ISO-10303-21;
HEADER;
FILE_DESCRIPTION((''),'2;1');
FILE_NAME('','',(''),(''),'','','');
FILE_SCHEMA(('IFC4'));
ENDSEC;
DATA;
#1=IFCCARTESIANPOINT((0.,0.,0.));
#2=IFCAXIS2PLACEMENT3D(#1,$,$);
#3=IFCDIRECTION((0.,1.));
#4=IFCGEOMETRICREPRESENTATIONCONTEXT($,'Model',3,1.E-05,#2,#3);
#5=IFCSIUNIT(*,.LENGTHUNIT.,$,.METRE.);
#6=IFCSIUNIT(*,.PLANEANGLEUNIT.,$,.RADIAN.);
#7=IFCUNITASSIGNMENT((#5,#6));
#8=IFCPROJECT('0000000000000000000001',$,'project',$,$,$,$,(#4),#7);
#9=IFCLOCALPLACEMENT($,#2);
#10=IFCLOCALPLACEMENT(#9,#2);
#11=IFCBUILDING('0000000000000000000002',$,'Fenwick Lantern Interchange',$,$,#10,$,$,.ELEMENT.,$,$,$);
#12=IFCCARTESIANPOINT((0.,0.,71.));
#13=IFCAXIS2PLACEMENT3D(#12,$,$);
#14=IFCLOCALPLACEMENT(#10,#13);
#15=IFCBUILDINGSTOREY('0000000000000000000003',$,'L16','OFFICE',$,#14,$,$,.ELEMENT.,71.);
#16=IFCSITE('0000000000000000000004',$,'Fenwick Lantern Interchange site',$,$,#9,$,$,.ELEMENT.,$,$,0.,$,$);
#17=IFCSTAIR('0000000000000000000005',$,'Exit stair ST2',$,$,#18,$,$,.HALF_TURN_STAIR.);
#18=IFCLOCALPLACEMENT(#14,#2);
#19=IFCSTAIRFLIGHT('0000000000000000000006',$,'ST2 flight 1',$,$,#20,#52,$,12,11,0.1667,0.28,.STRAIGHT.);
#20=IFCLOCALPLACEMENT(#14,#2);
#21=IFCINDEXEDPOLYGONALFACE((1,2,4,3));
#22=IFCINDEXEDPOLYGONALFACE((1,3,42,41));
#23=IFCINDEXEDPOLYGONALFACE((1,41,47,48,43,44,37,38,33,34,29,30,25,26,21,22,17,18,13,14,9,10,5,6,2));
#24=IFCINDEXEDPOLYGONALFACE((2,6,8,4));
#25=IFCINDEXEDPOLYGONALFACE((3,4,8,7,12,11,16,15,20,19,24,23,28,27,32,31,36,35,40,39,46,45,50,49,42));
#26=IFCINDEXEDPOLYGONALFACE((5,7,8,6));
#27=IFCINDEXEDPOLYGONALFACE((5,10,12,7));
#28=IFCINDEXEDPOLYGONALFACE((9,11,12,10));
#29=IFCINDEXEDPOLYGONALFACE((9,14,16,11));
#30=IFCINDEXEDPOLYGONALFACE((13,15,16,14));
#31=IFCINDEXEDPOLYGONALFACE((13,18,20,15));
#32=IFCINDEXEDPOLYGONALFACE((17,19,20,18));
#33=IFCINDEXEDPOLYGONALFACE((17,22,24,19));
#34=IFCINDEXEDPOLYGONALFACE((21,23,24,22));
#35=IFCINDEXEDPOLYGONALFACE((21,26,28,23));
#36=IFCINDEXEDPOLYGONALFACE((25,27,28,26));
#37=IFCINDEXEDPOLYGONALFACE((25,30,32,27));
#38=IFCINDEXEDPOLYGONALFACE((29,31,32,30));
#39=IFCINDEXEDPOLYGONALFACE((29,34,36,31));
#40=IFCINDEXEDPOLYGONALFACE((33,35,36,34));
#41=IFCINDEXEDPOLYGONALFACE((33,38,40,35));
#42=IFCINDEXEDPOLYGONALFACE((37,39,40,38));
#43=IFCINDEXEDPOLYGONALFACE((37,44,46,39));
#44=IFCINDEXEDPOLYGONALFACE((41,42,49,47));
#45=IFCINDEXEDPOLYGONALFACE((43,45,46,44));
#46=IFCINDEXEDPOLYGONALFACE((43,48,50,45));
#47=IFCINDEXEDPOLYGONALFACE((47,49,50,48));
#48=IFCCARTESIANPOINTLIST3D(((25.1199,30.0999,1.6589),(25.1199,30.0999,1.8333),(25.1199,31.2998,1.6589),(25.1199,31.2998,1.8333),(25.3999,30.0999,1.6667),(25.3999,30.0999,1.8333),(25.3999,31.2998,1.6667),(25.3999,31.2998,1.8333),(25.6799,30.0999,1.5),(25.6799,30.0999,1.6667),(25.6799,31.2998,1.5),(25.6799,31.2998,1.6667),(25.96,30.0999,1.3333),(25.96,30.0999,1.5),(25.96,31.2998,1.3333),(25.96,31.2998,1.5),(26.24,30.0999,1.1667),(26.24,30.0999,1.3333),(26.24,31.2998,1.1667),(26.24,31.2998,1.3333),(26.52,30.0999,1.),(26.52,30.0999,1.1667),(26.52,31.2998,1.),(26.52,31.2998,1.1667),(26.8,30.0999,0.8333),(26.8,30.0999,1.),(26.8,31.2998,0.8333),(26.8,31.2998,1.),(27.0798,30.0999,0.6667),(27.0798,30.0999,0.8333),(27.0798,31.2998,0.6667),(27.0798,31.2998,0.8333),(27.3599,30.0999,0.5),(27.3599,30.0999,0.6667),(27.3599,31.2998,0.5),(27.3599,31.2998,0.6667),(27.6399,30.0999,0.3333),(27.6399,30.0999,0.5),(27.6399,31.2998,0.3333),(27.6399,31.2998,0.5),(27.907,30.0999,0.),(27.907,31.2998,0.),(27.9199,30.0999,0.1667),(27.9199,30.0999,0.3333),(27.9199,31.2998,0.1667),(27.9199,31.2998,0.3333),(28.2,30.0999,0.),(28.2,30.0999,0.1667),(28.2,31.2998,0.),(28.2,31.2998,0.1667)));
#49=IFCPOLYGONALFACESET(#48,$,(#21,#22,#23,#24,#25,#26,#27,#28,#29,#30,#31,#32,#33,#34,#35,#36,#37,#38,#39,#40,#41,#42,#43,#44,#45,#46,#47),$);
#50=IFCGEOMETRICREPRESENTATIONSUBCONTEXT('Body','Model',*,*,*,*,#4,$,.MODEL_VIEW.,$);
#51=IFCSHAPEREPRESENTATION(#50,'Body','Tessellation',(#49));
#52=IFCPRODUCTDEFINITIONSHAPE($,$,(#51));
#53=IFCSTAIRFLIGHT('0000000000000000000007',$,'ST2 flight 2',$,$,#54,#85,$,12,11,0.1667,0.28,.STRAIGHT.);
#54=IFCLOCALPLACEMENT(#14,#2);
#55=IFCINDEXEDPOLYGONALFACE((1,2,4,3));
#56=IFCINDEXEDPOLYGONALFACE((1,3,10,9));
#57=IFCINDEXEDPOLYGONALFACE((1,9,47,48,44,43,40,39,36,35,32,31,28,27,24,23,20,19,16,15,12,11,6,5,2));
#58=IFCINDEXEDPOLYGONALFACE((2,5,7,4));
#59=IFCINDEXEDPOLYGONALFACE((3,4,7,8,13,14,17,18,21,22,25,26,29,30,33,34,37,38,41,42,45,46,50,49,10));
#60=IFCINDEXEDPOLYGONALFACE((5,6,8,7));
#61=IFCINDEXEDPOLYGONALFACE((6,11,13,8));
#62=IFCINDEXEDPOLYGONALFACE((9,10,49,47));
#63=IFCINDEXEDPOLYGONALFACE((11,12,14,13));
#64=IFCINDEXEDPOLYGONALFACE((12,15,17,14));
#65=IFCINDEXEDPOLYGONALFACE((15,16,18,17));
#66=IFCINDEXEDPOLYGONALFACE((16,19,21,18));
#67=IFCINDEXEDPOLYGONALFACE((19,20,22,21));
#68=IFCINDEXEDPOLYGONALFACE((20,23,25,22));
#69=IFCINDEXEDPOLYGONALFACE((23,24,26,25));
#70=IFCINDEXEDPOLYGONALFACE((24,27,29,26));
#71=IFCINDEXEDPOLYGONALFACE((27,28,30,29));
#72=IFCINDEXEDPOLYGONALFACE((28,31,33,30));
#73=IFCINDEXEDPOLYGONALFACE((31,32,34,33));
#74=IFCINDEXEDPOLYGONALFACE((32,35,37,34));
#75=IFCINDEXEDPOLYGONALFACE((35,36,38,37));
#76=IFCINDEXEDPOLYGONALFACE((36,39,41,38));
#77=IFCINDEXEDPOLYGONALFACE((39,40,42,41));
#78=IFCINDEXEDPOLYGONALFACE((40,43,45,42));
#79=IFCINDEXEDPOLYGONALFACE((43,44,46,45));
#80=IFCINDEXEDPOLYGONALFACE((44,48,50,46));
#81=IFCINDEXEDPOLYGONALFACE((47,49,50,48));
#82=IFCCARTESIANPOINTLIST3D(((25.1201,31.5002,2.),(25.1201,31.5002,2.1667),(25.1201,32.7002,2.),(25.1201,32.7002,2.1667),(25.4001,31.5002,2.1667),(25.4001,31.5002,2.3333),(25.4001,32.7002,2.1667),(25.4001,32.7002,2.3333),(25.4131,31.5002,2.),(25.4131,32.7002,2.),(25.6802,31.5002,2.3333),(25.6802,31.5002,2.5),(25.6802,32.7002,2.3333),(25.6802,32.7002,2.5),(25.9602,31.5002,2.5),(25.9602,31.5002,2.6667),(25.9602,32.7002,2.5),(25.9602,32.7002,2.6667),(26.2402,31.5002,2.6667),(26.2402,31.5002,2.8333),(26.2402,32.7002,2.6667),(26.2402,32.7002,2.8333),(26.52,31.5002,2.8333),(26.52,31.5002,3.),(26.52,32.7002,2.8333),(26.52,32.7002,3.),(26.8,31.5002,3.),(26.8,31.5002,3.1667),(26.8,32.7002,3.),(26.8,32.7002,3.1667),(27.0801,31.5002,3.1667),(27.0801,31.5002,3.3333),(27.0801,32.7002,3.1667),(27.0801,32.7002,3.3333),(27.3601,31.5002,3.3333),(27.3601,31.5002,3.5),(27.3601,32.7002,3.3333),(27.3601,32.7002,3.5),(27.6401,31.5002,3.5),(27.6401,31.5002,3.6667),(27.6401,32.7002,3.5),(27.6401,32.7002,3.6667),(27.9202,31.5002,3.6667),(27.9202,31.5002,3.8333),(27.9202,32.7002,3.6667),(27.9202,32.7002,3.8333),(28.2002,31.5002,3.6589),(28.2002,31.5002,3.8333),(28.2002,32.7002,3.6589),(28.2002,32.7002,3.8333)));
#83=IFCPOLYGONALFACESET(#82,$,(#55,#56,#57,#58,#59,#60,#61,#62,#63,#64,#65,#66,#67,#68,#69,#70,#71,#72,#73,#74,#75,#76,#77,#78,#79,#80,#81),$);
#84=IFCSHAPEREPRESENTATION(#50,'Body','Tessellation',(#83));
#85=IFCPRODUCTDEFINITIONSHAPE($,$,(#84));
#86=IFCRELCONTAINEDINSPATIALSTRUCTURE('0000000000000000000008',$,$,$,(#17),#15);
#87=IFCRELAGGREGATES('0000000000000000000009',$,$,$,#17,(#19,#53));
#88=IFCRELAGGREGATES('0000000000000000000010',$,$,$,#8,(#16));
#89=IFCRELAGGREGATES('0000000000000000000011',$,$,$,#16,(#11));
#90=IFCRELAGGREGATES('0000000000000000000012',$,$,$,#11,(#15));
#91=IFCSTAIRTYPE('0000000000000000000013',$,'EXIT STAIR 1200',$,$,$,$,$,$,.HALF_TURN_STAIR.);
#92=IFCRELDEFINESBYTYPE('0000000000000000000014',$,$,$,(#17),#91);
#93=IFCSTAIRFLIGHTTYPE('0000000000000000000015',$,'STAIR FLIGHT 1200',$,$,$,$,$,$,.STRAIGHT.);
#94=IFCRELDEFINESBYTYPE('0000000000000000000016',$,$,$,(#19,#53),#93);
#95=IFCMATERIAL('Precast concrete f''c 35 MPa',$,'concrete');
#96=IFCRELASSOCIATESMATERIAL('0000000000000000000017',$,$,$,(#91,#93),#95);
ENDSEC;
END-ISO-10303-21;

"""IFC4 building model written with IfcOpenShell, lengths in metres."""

from ifc_helpers import new_model, si_unit, direction, frame, origin, place, context, subcontext, project, spatial, polyline, outline, extrude, material, type_object, element, aggregate, save


model = new_model("IFC4")

# Units and contexts
model_context = context("Model", 3, precision=1e-05, world=origin(), true_north=direction((0.0, 1.0)))
body_context = subcontext(model_context, "Body", "Model", "MODEL_VIEW")
ifc_project = project(units=[si_unit("LENGTHUNIT", "METRE"), si_unit("PLANEANGLEUNIT", "RADIAN")], contexts=[model_context])

# Site, building, storey
site_placement = place(None, origin())
site = spatial("IfcSite", under=ifc_project, at=site_placement, Name="Fenwick Lantern Interchange site", CompositionType="ELEMENT", RefElevation=0.0)
building_placement = place(site_placement, origin())
building = spatial("IfcBuilding", under=site, at=building_placement, Name="Fenwick Lantern Interchange", CompositionType="ELEMENT")
storey_placement = place(building_placement, frame((0.0, 0.0, 71.0)))
storey = spatial("IfcBuildingStorey", under=building, at=storey_placement, Name="L16", Description="OFFICE", CompositionType="ELEMENT", Elevation=71.0)

# Stair, stair flights
ifc_material_1 = material(Name="Precast concrete f'c 35 MPa", Category="concrete")
stair_type = type_object("IfcStairType", Name="EXIT STAIR 1200", PredefinedType="HALF_TURN_STAIR", material=ifc_material_1)
stair_placement = place(storey_placement, origin())
stair = element("IfcStair", 1, at=stair_placement, inside=storey, type_object=stair_type, Name="Exit stair ST2", PredefinedType="HALF_TURN_STAIR")
stair_flight_type = type_object("IfcStairFlightType", Name="STAIR FLIGHT 1200", PredefinedType="STRAIGHT", material=ifc_material_1)
stair_flight_1_placement = place(storey_placement, frame((28.2, 30.7, 0.0), z_axis=(0.0, 0.0, 1.0), x_axis=(-1.0, 0.0, 0.0)))
stair_flight_1 = element("IfcStairFlight", 2, at=stair_flight_1_placement, type_object=stair_flight_type, Name="ST2 flight 1", NumberOfRisers=12, NumberOfTreads=11, PredefinedType="STRAIGHT", RiserHeight=0.1667, TreadLength=0.28, context=body_context, shape_type="SweptSolid", body=[
    extrude(outline(polyline([(0.0, 0.0), (0.0, 0.1667), (0.28, 0.1667), (0.28, 0.3333), (0.5601, 0.3333), (0.5601, 0.5), (0.8401, 0.5), (0.8401, 0.6667), (1.1201, 0.6667), (1.1201, 0.8333), (1.3999, 0.8333), (1.3999, 1.0), (1.6799, 1.0), (1.6799, 1.1667), (1.96, 1.1667), (1.96, 1.3333), (2.24, 1.3333), (2.24, 1.5), (2.52, 1.5), (2.52, 1.6667), (2.8, 1.6667), (2.8, 1.8333), (3.0801, 1.8333), (3.0801, 2.0), (3.0801, 1.6589), (0.293, 0.0), (0.0, 0.0)])), frame((0.0, 0.6001, 0.0), z_axis=(0.0, -1.0, 0.0), x_axis=(1.0, 0.0, 0.0)), (0.0, 0.0, 1.0), 1.2),
])
stair_flight_2_placement = place(storey_placement, frame((25.1201, 32.1001, 2.0), z_axis=(0.0, 0.0, 1.0), x_axis=(1.0, 0.0, 0.0)))
stair_flight_2 = element("IfcStairFlight", 3, at=stair_flight_2_placement, type_object=stair_flight_type, Name="ST2 flight 2", NumberOfRisers=12, NumberOfTreads=11, PredefinedType="STRAIGHT", RiserHeight=0.1667, TreadLength=0.28, context=body_context, shape_type="SweptSolid", body=[
    extrude(outline(polyline([(0.0, 0.0), (0.0, 0.1667), (0.28, 0.1667), (0.28, 0.3333), (0.5601, 0.3333), (0.5601, 0.5), (0.8401, 0.5), (0.8401, 0.6667), (1.1201, 0.6667), (1.1201, 0.8333), (1.3999, 0.8333), (1.3999, 1.0), (1.6799, 1.0), (1.6799, 1.1667), (1.96, 1.1667), (1.96, 1.3333), (2.24, 1.3333), (2.24, 1.5), (2.52, 1.5), (2.52, 1.6667), (2.8, 1.6667), (2.8, 1.8333), (3.0801, 1.8333), (3.0801, 2.0), (3.0801, 1.6589), (0.293, 0.0), (0.0, 0.0)])), frame((0.0, 0.6001, 0.0), z_axis=(0.0, -1.0, 0.0), x_axis=(1.0, 0.0, 0.0)), (0.0, 0.0, 1.0), 1.2),
])
aggregate(stair, [stair_flight_1, stair_flight_2])

save(model, "model.ifc")
